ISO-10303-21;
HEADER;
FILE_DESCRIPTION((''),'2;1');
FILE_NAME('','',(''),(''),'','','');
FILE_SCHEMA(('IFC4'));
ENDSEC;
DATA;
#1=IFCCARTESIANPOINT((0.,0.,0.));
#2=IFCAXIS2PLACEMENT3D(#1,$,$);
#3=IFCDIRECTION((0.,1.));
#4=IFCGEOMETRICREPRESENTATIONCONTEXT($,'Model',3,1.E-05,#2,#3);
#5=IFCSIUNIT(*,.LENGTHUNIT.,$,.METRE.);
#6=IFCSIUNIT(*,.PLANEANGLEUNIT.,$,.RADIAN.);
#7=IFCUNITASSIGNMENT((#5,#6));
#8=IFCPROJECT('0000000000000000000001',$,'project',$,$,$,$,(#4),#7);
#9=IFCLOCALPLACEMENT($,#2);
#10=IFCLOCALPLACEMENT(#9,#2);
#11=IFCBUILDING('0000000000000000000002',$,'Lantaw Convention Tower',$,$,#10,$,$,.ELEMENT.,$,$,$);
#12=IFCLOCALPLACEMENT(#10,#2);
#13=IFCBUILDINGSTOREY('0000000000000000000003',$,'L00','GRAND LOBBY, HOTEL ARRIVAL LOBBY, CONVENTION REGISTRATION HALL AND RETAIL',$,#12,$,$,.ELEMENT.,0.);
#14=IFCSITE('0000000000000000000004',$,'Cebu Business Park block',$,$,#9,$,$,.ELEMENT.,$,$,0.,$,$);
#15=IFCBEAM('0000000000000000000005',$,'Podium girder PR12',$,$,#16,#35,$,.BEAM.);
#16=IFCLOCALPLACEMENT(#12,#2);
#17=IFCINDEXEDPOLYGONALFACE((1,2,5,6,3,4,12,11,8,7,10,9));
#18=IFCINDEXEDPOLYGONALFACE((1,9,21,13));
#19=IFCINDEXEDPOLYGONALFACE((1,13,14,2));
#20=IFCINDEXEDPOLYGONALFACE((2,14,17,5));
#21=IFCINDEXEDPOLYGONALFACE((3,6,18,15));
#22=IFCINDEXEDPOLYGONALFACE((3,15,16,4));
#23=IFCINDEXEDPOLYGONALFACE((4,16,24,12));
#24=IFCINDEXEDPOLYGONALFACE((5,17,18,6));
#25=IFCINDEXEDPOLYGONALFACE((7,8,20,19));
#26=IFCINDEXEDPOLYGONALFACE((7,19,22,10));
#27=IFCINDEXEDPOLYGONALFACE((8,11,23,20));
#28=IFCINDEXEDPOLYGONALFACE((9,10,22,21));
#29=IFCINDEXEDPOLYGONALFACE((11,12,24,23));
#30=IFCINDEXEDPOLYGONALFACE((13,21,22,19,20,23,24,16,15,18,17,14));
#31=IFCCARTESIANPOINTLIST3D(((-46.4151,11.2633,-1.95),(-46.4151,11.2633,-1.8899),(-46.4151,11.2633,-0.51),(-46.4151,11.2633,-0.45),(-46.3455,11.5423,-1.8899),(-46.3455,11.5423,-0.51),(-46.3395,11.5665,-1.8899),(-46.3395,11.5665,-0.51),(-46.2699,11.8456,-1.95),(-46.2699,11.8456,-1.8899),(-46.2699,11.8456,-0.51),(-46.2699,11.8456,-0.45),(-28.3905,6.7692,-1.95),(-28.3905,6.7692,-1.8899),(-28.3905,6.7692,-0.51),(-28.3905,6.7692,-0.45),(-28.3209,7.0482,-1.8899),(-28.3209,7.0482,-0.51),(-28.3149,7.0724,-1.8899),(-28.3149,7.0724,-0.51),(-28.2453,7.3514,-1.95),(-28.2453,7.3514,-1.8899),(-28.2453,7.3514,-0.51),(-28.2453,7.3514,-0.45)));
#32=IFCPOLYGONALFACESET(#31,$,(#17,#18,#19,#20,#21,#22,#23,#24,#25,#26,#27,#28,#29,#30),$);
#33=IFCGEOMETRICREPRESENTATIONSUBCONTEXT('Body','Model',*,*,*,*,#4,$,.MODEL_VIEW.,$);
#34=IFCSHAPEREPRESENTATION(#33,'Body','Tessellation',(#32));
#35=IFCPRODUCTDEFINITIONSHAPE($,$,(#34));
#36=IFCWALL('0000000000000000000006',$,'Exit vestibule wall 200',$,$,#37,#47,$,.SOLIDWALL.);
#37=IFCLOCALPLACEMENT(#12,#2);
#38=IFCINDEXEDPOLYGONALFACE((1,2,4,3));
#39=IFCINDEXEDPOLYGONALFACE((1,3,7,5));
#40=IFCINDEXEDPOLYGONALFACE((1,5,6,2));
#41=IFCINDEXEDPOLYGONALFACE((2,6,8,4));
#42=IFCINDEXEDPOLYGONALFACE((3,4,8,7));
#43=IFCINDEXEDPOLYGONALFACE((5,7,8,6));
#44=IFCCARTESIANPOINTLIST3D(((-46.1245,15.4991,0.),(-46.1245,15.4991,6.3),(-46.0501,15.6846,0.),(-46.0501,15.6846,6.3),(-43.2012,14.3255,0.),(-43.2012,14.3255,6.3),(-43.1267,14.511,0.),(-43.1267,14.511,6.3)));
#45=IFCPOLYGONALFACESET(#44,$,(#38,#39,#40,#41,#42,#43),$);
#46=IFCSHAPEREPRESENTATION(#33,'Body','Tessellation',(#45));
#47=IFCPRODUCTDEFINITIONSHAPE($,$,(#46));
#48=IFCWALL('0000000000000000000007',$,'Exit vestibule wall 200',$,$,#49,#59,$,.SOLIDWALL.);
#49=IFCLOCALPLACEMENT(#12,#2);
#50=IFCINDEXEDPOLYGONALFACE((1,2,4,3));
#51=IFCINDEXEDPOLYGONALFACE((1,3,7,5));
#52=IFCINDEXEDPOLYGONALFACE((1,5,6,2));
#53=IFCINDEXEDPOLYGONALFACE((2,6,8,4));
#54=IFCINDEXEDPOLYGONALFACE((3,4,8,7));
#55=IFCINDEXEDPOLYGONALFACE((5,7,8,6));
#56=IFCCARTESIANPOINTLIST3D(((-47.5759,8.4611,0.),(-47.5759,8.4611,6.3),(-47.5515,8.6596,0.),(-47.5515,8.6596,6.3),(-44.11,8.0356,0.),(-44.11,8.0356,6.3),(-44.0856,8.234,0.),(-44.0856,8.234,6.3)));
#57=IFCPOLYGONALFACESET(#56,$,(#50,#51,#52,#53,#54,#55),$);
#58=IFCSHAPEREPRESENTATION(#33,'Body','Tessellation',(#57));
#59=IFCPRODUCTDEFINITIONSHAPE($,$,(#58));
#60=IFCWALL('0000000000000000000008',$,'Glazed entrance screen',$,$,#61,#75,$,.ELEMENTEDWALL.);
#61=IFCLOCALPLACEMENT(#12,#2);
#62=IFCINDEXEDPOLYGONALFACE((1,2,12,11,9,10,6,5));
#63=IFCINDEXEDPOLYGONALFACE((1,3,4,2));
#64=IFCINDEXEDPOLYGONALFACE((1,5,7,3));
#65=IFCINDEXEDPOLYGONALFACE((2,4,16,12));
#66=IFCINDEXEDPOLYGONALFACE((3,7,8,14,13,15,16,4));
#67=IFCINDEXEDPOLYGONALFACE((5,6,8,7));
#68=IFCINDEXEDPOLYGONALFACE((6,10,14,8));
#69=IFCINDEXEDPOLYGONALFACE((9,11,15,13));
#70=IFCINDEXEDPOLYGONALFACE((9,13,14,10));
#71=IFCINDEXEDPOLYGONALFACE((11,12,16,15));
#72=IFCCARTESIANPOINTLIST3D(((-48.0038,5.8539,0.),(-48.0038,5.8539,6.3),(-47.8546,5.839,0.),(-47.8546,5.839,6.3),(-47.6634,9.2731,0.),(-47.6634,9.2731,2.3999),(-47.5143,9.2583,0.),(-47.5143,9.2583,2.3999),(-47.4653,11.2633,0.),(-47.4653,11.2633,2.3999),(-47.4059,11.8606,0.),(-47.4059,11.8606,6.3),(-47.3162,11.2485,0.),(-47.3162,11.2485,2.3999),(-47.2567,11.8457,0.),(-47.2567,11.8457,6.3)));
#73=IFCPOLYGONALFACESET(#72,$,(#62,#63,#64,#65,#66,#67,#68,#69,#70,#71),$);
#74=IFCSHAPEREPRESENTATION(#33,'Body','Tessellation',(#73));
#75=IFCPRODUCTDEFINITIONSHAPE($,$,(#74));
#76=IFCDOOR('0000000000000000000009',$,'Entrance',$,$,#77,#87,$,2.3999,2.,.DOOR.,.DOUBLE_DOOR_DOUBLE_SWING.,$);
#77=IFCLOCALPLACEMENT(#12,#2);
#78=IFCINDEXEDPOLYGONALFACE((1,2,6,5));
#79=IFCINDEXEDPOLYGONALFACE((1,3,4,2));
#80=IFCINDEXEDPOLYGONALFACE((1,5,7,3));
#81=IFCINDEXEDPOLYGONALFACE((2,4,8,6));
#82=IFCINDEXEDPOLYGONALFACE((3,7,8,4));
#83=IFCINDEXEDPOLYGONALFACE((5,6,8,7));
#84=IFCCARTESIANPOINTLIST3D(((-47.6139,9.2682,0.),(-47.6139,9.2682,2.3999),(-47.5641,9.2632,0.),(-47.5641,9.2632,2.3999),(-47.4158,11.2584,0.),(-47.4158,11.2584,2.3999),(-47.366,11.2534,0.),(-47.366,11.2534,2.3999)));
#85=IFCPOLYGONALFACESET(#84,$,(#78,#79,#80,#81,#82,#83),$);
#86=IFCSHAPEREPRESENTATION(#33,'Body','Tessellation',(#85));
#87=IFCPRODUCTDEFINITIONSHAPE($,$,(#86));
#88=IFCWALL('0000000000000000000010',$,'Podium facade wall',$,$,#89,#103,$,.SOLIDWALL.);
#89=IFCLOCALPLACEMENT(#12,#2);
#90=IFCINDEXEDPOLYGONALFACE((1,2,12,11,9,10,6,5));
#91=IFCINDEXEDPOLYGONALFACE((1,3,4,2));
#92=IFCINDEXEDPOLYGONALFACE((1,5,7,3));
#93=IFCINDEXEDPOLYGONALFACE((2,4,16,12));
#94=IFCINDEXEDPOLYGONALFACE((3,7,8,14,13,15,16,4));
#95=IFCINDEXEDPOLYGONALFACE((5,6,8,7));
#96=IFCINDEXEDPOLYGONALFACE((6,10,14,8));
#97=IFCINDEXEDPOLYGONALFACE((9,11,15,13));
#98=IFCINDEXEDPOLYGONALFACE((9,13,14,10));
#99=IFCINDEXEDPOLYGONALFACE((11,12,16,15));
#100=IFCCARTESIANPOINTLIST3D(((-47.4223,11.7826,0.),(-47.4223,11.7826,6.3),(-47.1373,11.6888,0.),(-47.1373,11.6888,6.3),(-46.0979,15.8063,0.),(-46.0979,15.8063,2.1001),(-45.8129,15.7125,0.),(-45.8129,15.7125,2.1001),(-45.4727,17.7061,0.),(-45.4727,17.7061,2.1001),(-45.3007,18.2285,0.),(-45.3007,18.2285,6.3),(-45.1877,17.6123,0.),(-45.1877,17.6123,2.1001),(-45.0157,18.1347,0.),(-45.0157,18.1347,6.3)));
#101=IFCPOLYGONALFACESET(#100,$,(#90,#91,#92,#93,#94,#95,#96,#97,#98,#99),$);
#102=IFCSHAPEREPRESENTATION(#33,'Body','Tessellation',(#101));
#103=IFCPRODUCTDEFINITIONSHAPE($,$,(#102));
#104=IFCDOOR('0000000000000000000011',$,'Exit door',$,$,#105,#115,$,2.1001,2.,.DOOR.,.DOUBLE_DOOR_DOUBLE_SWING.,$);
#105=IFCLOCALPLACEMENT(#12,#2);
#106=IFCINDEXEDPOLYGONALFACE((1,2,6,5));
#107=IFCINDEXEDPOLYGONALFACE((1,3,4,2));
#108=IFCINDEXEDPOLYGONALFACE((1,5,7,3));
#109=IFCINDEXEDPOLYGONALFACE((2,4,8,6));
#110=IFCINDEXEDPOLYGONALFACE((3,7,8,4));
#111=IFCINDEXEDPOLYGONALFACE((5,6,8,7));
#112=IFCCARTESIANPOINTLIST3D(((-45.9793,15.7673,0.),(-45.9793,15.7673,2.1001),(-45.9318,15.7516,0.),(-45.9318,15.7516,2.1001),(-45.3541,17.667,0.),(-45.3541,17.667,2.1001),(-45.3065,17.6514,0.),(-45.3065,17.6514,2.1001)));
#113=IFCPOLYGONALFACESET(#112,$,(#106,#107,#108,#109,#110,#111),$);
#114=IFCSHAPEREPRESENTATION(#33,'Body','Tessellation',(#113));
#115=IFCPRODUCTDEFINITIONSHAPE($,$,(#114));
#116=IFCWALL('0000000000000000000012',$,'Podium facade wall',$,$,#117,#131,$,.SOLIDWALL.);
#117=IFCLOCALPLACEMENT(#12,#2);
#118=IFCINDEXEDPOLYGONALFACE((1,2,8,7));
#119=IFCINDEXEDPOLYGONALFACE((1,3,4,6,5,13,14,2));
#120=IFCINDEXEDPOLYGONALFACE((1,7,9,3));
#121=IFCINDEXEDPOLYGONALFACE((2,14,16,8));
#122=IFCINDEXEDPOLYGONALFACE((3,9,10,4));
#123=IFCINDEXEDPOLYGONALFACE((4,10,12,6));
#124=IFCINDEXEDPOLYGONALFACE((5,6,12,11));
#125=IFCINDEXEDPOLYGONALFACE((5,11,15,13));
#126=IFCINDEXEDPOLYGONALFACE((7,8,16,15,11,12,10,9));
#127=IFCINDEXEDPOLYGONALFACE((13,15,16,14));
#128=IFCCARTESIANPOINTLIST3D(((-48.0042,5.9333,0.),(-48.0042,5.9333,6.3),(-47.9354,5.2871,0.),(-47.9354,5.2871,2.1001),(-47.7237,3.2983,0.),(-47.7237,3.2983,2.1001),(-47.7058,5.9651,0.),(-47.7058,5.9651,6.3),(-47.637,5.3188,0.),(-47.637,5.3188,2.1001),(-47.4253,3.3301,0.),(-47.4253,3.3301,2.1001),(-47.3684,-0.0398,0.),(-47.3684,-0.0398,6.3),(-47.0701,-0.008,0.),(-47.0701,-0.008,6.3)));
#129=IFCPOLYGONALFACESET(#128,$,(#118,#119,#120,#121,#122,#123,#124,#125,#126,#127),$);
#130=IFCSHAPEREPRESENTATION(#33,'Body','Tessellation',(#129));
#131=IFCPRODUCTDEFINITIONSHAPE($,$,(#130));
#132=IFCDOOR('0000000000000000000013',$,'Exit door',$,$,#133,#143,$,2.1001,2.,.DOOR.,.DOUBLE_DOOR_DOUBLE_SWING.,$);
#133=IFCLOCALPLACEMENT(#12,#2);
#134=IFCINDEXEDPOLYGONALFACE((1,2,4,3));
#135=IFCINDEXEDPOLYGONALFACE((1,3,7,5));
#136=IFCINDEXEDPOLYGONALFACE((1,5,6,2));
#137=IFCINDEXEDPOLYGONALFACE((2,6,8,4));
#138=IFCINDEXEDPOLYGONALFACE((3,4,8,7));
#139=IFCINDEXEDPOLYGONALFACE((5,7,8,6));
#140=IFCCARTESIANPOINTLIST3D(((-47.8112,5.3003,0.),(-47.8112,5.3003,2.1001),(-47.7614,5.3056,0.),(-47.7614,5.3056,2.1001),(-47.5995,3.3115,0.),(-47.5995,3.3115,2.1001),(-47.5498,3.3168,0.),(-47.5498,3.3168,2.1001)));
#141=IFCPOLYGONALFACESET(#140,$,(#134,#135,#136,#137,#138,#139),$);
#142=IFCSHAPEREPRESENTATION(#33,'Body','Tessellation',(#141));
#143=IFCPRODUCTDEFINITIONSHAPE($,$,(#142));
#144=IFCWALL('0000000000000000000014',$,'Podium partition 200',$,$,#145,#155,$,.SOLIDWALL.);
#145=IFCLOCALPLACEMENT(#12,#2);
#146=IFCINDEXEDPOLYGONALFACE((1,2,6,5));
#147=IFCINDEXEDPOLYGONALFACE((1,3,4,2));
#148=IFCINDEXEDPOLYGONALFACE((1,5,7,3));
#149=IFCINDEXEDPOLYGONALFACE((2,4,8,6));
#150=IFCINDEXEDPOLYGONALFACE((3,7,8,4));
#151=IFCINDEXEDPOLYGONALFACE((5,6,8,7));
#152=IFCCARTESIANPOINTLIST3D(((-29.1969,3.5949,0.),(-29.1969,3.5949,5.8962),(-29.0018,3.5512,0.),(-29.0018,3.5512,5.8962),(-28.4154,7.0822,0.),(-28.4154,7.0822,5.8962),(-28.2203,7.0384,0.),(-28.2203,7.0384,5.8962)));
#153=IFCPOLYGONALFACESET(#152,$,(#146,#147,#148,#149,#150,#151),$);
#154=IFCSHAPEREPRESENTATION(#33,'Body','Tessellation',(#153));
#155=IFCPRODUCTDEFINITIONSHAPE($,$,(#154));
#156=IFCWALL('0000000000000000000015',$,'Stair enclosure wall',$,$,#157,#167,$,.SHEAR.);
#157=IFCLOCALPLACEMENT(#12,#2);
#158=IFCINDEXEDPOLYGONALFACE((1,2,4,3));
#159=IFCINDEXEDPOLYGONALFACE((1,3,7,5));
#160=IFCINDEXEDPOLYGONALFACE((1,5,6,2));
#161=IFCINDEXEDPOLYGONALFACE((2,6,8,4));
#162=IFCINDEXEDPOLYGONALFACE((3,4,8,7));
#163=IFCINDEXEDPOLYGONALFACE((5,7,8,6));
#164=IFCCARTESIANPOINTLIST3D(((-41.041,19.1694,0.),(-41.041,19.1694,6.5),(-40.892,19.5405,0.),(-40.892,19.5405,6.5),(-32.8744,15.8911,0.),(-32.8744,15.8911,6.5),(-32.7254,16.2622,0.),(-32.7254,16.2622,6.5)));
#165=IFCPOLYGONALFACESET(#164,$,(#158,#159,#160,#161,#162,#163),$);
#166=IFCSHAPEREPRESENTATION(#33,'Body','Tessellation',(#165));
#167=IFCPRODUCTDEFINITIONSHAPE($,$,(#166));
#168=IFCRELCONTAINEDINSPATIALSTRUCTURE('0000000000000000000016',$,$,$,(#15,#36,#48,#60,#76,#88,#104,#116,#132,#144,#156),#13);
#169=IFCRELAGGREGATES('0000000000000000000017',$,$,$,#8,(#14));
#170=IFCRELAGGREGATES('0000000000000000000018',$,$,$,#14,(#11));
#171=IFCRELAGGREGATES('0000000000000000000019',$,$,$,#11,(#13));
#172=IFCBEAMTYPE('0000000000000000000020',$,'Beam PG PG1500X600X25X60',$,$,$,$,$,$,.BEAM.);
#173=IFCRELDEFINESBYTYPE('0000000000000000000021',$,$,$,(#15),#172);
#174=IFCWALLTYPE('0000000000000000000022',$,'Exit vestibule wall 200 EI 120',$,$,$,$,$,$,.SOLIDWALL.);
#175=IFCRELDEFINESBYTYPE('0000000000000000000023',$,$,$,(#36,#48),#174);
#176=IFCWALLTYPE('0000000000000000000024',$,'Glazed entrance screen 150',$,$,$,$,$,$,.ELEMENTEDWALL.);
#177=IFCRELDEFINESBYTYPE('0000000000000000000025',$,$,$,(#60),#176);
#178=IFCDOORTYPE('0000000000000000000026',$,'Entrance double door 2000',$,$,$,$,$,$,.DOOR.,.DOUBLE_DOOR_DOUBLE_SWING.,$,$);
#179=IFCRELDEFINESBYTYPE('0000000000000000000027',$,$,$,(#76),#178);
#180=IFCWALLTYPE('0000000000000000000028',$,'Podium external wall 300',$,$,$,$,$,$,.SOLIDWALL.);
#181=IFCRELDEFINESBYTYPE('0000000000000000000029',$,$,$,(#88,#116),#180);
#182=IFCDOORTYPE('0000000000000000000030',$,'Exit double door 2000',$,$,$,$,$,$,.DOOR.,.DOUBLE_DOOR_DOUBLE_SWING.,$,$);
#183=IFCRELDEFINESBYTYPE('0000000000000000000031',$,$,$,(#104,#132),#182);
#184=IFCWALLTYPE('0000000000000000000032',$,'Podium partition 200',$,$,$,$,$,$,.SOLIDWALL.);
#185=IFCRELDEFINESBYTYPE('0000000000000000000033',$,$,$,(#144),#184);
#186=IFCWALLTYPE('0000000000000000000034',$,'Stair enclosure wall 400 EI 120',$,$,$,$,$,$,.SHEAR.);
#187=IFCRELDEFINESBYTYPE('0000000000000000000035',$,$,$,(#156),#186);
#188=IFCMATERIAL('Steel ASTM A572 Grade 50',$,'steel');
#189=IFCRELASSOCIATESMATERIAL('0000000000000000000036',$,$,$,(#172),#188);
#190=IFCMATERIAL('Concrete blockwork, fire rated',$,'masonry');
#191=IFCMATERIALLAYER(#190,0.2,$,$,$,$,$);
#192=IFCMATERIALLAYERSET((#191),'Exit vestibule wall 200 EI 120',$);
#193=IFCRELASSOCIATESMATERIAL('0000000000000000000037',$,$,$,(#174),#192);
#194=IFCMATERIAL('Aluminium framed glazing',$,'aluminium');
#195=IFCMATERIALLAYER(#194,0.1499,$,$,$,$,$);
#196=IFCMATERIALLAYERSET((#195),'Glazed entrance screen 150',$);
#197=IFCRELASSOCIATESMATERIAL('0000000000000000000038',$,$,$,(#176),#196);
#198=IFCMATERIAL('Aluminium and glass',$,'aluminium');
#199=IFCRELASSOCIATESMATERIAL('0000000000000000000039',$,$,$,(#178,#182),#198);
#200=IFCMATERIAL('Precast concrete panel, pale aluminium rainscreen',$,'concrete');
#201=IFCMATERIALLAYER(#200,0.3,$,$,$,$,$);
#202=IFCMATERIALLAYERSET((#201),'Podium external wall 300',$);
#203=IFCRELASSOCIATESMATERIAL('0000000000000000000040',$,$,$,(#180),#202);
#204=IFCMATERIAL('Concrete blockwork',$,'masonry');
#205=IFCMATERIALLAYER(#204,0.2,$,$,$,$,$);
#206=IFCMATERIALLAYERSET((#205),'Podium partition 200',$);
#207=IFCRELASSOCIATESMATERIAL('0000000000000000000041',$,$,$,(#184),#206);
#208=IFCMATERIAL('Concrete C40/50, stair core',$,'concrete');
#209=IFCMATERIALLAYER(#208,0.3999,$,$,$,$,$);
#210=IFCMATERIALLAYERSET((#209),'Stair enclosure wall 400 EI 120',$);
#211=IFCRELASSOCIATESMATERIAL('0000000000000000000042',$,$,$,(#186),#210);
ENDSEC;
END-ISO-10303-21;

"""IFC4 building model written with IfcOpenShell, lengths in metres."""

from ifc_helpers import new_model, si_unit, direction, frame, frame_2d, origin, origin_2d, place, context, subcontext, project, spatial, rectangle, i_section, extrude, material, layer, layer_set, material_profile, profile_set, type_object, element, fill, save


model = new_model("IFC4")

# Units and contexts
model_context = context("Model", 3, precision=1e-05, world=origin(), true_north=direction((0.0, 1.0)))
body_context = subcontext(model_context, "Body", "Model", "MODEL_VIEW")
ifc_project = project(units=[si_unit("LENGTHUNIT", "METRE"), si_unit("PLANEANGLEUNIT", "RADIAN")], contexts=[model_context])

# Site, building, storey
site_placement = place(None, origin())
site = spatial("IfcSite", under=ifc_project, at=site_placement, Name="Cebu Business Park block", CompositionType="ELEMENT", RefElevation=0.0)
building_placement = place(site_placement, origin())
building = spatial("IfcBuilding", under=site, at=building_placement, Name="Lantaw Convention Tower", CompositionType="ELEMENT")
storey_placement = place(building_placement, origin())
storey = spatial("IfcBuildingStorey", under=building, at=storey_placement, Name="L00", Description="GRAND LOBBY, HOTEL ARRIVAL LOBBY, CONVENTION REGISTRATION HALL AND RETAIL", CompositionType="ELEMENT", Elevation=0.0)

# Shared definitions
ifc_material_1 = material(Name="Steel ASTM A572 Grade 50", Category="steel")

# Beam
ifc_material_profile_1 = material_profile(ifc_material_1, i_section(OverallWidth=0.6001, OverallDepth=1.5, WebThickness=0.0249, FlangeThickness=0.0601, at=origin_2d()), Name="PG1500X600X25X60")
ifc_profile_set_1 = profile_set([ifc_material_profile_1], Name="Steel ASTM A572 Grade 50")
beam_type_1 = type_object("IfcBeamType", Name="Beam PG PG1500X600X25X60", PredefinedType="BEAM", material=ifc_profile_set_1)
beam_1_placement = place(storey_placement, frame((-28.3179, 7.0603, -1.2), z_axis=(-0.970295, 0.241926, 0.0), x_axis=(-0.241926, -0.970295, 0.0)))
element("IfcBeam", 1, at=beam_1_placement, inside=storey, type_object=beam_type_1, Name="Podium girder PR12", PredefinedType="BEAM", context=body_context, shape_type="SweptSolid", body=[
    extrude(i_section(OverallWidth=0.6001, OverallDepth=1.5, WebThickness=0.0249, FlangeThickness=0.0601, at=origin_2d()), origin(), (0.0, 0.0, 1.0), 18.5764),
])

# Walls
ifc_material_2 = material(Name="Concrete blockwork, fire rated", Category="masonry")
ifc_layer_1 = layer(ifc_material_2, 0.2)
ifc_layer_set_1 = layer_set([ifc_layer_1], Name="Exit vestibule wall 200 EI 120")
wall_type_1 = type_object("IfcWallType", Name="Exit vestibule wall 200 EI 120", PredefinedType="SOLIDWALL", material=ifc_layer_set_1)
wall_1_placement = place(storey_placement, frame((-43.1638, 14.4182, 0.0), z_axis=(0.0, 0.0, 1.0), x_axis=(-0.928011, 0.372553, 0.0)))
element("IfcWall", 2, at=wall_1_placement, inside=storey, type_object=wall_type_1, Name="Exit vestibule wall 200", PredefinedType="SOLIDWALL", context=body_context, shape_type="SweptSolid", body=[
    extrude(rectangle(XDim=3.1501, YDim=0.2, at=frame_2d((1.5752, 0.0))), origin(), (0.0, 0.0, 1.0), 6.3),
])
wall_2_placement = place(storey_placement, frame((-44.0977, 8.1348, 0.0), z_axis=(0.0, 0.0, 1.0), x_axis=(-0.992547, 0.121866, 0.0)))
element("IfcWall", 3, at=wall_2_placement, inside=storey, type_object=wall_type_1, Name="Exit vestibule wall 200", PredefinedType="SOLIDWALL", context=body_context, shape_type="SweptSolid", body=[
    extrude(rectangle(XDim=3.4919, YDim=0.2, at=frame_2d((1.7461, 0.0))), origin(), (0.0, 0.0, 1.0), 6.3),
])

# Walls, openings, doors
ifc_material_3 = material(Name="Aluminium framed glazing", Category="aluminium")
ifc_layer_2 = layer(ifc_material_3, 0.1499)
ifc_layer_set_2 = layer_set([ifc_layer_2], Name="Glazed entrance screen 150")
wall_type_2 = type_object("IfcWallType", Name="Glazed entrance screen 150", PredefinedType="ELEMENTEDWALL", material=ifc_layer_set_2)
wall_3_placement = place(storey_placement, frame((-47.3313, 11.853, 0.0), z_axis=(0.0, 0.0, 1.0), x_axis=(-0.099051, -0.995082, 0.0)))
wall_3 = element("IfcWall", 4, at=wall_3_placement, inside=storey, type_object=wall_type_2, Name="Glazed entrance screen", PredefinedType="ELEMENTEDWALL", context=body_context, shape_type="SweptSolid", body=[
    extrude(rectangle(XDim=6.0364, YDim=0.1499, at=frame_2d((3.0181, 0.0))), origin(), (0.0, 0.0, 1.0), 6.3),
])
opening_1_placement = place(wall_3_placement, frame((0.6001, 0.0, 0.0)))
opening_1 = element("IfcOpeningElement", 5, at=opening_1_placement, cuts=wall_3, PredefinedType="OPENING", context=body_context, shape_type="SweptSolid", body=[
    extrude(rectangle(XDim=2.0, YDim=2.3999, at=frame_2d((1.0, 1.2))), frame((0.0, 0.085, 0.0), z_axis=(0.0, -1.0, 0.0), x_axis=(1.0, 0.0, 0.0)), (0.0, 0.0, 1.0), 0.1699),
])
ifc_material_4 = material(Name="Aluminium and glass", Category="aluminium")
door_type_1 = type_object("IfcDoorType", Name="Entrance double door 2000", OperationType="DOUBLE_DOOR_DOUBLE_SWING", PredefinedType="DOOR", material=ifc_material_4)
door_1_placement = place(opening_1_placement, origin())
door_1 = element("IfcDoor", 6, at=door_1_placement, inside=storey, type_object=door_type_1, Name="Entrance", OperationType="DOUBLE_DOOR_DOUBLE_SWING", OverallHeight=2.3999, OverallWidth=2.0, PredefinedType="DOOR", context=body_context, shape_type="SweptSolid", body=[
    extrude(rectangle(XDim=2.0, YDim=2.3999, at=frame_2d((1.0, 1.2))), frame((0.0, 0.0249, 0.0), z_axis=(0.0, -1.0, 0.0), x_axis=(1.0, 0.0, 0.0)), (0.0, 0.0, 1.0), 0.05),
])
fill(opening_1, door_1)
ifc_material_5 = material(Name="Precast concrete panel, pale aluminium rainscreen", Category="concrete")
ifc_layer_3 = layer(ifc_material_5, 0.3)
ifc_layer_set_3 = layer_set([ifc_layer_3], Name="Podium external wall 300")
wall_type_3 = type_object("IfcWallType", Name="Podium external wall 300", PredefinedType="SOLIDWALL", material=ifc_layer_set_3)
wall_4_placement = place(storey_placement, frame((-45.1582, 18.1816, 0.0), z_axis=(0.0, 0.0, 1.0), x_axis=(-0.312631, -0.949874, 0.0)))
wall_4 = element("IfcWall", 7, at=wall_4_placement, inside=storey, type_object=wall_type_3, Name="Podium facade wall", PredefinedType="SOLIDWALL", context=body_context, shape_type="SweptSolid", body=[
    extrude(rectangle(XDim=6.7861, YDim=0.3, at=frame_2d((3.3931, 0.0))), origin(), (0.0, 0.0, 1.0), 6.3),
])
opening_2_placement = place(wall_4_placement, frame((0.55, 0.0, 0.0)))
opening_2 = element("IfcOpeningElement", 8, at=opening_2_placement, cuts=wall_4, PredefinedType="OPENING", context=body_context, shape_type="SweptSolid", body=[
    extrude(rectangle(XDim=2.0, YDim=2.1001, at=frame_2d((1.0, 1.05))), frame((0.0, 0.1599, 0.0), z_axis=(0.0, -1.0, 0.0), x_axis=(1.0, 0.0, 0.0)), (0.0, 0.0, 1.0), 0.3201),
])
door_type_2 = type_object("IfcDoorType", Name="Exit double door 2000", OperationType="DOUBLE_DOOR_DOUBLE_SWING", PredefinedType="DOOR", material=ifc_material_4)
door_2_placement = place(opening_2_placement, origin())
door_2 = element("IfcDoor", 9, at=door_2_placement, inside=storey, type_object=door_type_2, Name="Exit door", OperationType="DOUBLE_DOOR_DOUBLE_SWING", OverallHeight=2.1001, OverallWidth=2.0, PredefinedType="DOOR", context=body_context, shape_type="SweptSolid", body=[
    extrude(rectangle(XDim=2.0, YDim=2.1001, at=frame_2d((1.0, 1.05))), frame((0.0, 0.0249, 0.0), z_axis=(0.0, -1.0, 0.0), x_axis=(1.0, 0.0, 0.0)), (0.0, 0.0, 1.0), 0.05),
])
fill(opening_2, door_2)
wall_5_placement = place(storey_placement, frame((-47.855, 5.9492, 0.0), z_axis=(0.0, 0.0, 1.0), x_axis=(0.105836, -0.994384, 0.0)))
wall_5 = element("IfcWall", 10, at=wall_5_placement, inside=storey, type_object=wall_type_3, Name="Podium facade wall", PredefinedType="SOLIDWALL", context=body_context, shape_type="SweptSolid", body=[
    extrude(rectangle(XDim=6.0068, YDim=0.3, at=frame_2d((3.0034, 0.0))), origin(), (0.0, 0.0, 1.0), 6.3),
])
opening_3_placement = place(wall_5_placement, frame((0.6499, 0.0, 0.0)))
opening_3 = element("IfcOpeningElement", 11, at=opening_3_placement, cuts=wall_5, PredefinedType="OPENING", context=body_context, shape_type="SweptSolid", body=[
    extrude(rectangle(XDim=2.0, YDim=2.1001, at=frame_2d((1.0, 1.05))), frame((0.0, 0.1599, 0.0), z_axis=(0.0, -1.0, 0.0), x_axis=(1.0, 0.0, 0.0)), (0.0, 0.0, 1.0), 0.3201),
])
door_3_placement = place(opening_3_placement, origin())
door_3 = element("IfcDoor", 12, at=door_3_placement, inside=storey, type_object=door_type_2, Name="Exit door", OperationType="DOUBLE_DOOR_DOUBLE_SWING", OverallHeight=2.1001, OverallWidth=2.0, PredefinedType="DOOR", context=body_context, shape_type="SweptSolid", body=[
    extrude(rectangle(XDim=2.0, YDim=2.1001, at=frame_2d((1.0, 1.05))), frame((0.0, 0.0249, 0.0), z_axis=(0.0, -1.0, 0.0), x_axis=(1.0, 0.0, 0.0)), (0.0, 0.0, 1.0), 0.05),
])
fill(opening_3, door_3)

# Walls
ifc_material_6 = material(Name="Concrete blockwork", Category="masonry")
ifc_layer_4 = layer(ifc_material_6, 0.2)
ifc_layer_set_4 = layer_set([ifc_layer_4], Name="Podium partition 200")
wall_type_4 = type_object("IfcWallType", Name="Podium partition 200", PredefinedType="SOLIDWALL", material=ifc_layer_set_4)
wall_6_placement = place(storey_placement, frame((-28.3179, 7.0603, 0.0), z_axis=(0.0, 0.0, 1.0), x_axis=(-0.218673, -0.975798, 0.0)))
element("IfcWall", 13, at=wall_6_placement, inside=storey, type_object=wall_type_4, Name="Podium partition 200", PredefinedType="SOLIDWALL", context=body_context, shape_type="SweptSolid", body=[
    extrude(rectangle(XDim=3.5737, YDim=0.2, at=frame_2d((1.7869, 0.0))), origin(), (0.0, 0.0, 1.0), 5.8962),
])
ifc_material_7 = material(Name="Concrete C40/50, stair core", Category="concrete")
ifc_layer_5 = layer(ifc_material_7, 0.3999)
ifc_layer_set_5 = layer_set([ifc_layer_5], Name="Stair enclosure wall 400 EI 120")
wall_type_5 = type_object("IfcWallType", Name="Stair enclosure wall 400 EI 120", PredefinedType="SHEAR", material=ifc_layer_set_5)
for number, where, z_axis, x_axis, name in (
    (14, (-32.8, 16.0767, 0.0), (0.0, 0.0, 1.0), (-0.928017, 0.372538, 0.0), "Stair enclosure wall"),
):
    element("IfcWall", number, at=place(storey_placement, frame(where, z_axis=z_axis, x_axis=x_axis)), inside=storey, type_object=wall_type_5, Name=name, PredefinedType="SHEAR", context=body_context, shape_type="SweptSolid", body=[
        extrude(rectangle(XDim=8.8, YDim=0.3999, at=frame_2d((4.3999, 0.0))), origin(), (0.0, 0.0, 1.0), 6.5),
    ])

save(model, "model.ifc")
